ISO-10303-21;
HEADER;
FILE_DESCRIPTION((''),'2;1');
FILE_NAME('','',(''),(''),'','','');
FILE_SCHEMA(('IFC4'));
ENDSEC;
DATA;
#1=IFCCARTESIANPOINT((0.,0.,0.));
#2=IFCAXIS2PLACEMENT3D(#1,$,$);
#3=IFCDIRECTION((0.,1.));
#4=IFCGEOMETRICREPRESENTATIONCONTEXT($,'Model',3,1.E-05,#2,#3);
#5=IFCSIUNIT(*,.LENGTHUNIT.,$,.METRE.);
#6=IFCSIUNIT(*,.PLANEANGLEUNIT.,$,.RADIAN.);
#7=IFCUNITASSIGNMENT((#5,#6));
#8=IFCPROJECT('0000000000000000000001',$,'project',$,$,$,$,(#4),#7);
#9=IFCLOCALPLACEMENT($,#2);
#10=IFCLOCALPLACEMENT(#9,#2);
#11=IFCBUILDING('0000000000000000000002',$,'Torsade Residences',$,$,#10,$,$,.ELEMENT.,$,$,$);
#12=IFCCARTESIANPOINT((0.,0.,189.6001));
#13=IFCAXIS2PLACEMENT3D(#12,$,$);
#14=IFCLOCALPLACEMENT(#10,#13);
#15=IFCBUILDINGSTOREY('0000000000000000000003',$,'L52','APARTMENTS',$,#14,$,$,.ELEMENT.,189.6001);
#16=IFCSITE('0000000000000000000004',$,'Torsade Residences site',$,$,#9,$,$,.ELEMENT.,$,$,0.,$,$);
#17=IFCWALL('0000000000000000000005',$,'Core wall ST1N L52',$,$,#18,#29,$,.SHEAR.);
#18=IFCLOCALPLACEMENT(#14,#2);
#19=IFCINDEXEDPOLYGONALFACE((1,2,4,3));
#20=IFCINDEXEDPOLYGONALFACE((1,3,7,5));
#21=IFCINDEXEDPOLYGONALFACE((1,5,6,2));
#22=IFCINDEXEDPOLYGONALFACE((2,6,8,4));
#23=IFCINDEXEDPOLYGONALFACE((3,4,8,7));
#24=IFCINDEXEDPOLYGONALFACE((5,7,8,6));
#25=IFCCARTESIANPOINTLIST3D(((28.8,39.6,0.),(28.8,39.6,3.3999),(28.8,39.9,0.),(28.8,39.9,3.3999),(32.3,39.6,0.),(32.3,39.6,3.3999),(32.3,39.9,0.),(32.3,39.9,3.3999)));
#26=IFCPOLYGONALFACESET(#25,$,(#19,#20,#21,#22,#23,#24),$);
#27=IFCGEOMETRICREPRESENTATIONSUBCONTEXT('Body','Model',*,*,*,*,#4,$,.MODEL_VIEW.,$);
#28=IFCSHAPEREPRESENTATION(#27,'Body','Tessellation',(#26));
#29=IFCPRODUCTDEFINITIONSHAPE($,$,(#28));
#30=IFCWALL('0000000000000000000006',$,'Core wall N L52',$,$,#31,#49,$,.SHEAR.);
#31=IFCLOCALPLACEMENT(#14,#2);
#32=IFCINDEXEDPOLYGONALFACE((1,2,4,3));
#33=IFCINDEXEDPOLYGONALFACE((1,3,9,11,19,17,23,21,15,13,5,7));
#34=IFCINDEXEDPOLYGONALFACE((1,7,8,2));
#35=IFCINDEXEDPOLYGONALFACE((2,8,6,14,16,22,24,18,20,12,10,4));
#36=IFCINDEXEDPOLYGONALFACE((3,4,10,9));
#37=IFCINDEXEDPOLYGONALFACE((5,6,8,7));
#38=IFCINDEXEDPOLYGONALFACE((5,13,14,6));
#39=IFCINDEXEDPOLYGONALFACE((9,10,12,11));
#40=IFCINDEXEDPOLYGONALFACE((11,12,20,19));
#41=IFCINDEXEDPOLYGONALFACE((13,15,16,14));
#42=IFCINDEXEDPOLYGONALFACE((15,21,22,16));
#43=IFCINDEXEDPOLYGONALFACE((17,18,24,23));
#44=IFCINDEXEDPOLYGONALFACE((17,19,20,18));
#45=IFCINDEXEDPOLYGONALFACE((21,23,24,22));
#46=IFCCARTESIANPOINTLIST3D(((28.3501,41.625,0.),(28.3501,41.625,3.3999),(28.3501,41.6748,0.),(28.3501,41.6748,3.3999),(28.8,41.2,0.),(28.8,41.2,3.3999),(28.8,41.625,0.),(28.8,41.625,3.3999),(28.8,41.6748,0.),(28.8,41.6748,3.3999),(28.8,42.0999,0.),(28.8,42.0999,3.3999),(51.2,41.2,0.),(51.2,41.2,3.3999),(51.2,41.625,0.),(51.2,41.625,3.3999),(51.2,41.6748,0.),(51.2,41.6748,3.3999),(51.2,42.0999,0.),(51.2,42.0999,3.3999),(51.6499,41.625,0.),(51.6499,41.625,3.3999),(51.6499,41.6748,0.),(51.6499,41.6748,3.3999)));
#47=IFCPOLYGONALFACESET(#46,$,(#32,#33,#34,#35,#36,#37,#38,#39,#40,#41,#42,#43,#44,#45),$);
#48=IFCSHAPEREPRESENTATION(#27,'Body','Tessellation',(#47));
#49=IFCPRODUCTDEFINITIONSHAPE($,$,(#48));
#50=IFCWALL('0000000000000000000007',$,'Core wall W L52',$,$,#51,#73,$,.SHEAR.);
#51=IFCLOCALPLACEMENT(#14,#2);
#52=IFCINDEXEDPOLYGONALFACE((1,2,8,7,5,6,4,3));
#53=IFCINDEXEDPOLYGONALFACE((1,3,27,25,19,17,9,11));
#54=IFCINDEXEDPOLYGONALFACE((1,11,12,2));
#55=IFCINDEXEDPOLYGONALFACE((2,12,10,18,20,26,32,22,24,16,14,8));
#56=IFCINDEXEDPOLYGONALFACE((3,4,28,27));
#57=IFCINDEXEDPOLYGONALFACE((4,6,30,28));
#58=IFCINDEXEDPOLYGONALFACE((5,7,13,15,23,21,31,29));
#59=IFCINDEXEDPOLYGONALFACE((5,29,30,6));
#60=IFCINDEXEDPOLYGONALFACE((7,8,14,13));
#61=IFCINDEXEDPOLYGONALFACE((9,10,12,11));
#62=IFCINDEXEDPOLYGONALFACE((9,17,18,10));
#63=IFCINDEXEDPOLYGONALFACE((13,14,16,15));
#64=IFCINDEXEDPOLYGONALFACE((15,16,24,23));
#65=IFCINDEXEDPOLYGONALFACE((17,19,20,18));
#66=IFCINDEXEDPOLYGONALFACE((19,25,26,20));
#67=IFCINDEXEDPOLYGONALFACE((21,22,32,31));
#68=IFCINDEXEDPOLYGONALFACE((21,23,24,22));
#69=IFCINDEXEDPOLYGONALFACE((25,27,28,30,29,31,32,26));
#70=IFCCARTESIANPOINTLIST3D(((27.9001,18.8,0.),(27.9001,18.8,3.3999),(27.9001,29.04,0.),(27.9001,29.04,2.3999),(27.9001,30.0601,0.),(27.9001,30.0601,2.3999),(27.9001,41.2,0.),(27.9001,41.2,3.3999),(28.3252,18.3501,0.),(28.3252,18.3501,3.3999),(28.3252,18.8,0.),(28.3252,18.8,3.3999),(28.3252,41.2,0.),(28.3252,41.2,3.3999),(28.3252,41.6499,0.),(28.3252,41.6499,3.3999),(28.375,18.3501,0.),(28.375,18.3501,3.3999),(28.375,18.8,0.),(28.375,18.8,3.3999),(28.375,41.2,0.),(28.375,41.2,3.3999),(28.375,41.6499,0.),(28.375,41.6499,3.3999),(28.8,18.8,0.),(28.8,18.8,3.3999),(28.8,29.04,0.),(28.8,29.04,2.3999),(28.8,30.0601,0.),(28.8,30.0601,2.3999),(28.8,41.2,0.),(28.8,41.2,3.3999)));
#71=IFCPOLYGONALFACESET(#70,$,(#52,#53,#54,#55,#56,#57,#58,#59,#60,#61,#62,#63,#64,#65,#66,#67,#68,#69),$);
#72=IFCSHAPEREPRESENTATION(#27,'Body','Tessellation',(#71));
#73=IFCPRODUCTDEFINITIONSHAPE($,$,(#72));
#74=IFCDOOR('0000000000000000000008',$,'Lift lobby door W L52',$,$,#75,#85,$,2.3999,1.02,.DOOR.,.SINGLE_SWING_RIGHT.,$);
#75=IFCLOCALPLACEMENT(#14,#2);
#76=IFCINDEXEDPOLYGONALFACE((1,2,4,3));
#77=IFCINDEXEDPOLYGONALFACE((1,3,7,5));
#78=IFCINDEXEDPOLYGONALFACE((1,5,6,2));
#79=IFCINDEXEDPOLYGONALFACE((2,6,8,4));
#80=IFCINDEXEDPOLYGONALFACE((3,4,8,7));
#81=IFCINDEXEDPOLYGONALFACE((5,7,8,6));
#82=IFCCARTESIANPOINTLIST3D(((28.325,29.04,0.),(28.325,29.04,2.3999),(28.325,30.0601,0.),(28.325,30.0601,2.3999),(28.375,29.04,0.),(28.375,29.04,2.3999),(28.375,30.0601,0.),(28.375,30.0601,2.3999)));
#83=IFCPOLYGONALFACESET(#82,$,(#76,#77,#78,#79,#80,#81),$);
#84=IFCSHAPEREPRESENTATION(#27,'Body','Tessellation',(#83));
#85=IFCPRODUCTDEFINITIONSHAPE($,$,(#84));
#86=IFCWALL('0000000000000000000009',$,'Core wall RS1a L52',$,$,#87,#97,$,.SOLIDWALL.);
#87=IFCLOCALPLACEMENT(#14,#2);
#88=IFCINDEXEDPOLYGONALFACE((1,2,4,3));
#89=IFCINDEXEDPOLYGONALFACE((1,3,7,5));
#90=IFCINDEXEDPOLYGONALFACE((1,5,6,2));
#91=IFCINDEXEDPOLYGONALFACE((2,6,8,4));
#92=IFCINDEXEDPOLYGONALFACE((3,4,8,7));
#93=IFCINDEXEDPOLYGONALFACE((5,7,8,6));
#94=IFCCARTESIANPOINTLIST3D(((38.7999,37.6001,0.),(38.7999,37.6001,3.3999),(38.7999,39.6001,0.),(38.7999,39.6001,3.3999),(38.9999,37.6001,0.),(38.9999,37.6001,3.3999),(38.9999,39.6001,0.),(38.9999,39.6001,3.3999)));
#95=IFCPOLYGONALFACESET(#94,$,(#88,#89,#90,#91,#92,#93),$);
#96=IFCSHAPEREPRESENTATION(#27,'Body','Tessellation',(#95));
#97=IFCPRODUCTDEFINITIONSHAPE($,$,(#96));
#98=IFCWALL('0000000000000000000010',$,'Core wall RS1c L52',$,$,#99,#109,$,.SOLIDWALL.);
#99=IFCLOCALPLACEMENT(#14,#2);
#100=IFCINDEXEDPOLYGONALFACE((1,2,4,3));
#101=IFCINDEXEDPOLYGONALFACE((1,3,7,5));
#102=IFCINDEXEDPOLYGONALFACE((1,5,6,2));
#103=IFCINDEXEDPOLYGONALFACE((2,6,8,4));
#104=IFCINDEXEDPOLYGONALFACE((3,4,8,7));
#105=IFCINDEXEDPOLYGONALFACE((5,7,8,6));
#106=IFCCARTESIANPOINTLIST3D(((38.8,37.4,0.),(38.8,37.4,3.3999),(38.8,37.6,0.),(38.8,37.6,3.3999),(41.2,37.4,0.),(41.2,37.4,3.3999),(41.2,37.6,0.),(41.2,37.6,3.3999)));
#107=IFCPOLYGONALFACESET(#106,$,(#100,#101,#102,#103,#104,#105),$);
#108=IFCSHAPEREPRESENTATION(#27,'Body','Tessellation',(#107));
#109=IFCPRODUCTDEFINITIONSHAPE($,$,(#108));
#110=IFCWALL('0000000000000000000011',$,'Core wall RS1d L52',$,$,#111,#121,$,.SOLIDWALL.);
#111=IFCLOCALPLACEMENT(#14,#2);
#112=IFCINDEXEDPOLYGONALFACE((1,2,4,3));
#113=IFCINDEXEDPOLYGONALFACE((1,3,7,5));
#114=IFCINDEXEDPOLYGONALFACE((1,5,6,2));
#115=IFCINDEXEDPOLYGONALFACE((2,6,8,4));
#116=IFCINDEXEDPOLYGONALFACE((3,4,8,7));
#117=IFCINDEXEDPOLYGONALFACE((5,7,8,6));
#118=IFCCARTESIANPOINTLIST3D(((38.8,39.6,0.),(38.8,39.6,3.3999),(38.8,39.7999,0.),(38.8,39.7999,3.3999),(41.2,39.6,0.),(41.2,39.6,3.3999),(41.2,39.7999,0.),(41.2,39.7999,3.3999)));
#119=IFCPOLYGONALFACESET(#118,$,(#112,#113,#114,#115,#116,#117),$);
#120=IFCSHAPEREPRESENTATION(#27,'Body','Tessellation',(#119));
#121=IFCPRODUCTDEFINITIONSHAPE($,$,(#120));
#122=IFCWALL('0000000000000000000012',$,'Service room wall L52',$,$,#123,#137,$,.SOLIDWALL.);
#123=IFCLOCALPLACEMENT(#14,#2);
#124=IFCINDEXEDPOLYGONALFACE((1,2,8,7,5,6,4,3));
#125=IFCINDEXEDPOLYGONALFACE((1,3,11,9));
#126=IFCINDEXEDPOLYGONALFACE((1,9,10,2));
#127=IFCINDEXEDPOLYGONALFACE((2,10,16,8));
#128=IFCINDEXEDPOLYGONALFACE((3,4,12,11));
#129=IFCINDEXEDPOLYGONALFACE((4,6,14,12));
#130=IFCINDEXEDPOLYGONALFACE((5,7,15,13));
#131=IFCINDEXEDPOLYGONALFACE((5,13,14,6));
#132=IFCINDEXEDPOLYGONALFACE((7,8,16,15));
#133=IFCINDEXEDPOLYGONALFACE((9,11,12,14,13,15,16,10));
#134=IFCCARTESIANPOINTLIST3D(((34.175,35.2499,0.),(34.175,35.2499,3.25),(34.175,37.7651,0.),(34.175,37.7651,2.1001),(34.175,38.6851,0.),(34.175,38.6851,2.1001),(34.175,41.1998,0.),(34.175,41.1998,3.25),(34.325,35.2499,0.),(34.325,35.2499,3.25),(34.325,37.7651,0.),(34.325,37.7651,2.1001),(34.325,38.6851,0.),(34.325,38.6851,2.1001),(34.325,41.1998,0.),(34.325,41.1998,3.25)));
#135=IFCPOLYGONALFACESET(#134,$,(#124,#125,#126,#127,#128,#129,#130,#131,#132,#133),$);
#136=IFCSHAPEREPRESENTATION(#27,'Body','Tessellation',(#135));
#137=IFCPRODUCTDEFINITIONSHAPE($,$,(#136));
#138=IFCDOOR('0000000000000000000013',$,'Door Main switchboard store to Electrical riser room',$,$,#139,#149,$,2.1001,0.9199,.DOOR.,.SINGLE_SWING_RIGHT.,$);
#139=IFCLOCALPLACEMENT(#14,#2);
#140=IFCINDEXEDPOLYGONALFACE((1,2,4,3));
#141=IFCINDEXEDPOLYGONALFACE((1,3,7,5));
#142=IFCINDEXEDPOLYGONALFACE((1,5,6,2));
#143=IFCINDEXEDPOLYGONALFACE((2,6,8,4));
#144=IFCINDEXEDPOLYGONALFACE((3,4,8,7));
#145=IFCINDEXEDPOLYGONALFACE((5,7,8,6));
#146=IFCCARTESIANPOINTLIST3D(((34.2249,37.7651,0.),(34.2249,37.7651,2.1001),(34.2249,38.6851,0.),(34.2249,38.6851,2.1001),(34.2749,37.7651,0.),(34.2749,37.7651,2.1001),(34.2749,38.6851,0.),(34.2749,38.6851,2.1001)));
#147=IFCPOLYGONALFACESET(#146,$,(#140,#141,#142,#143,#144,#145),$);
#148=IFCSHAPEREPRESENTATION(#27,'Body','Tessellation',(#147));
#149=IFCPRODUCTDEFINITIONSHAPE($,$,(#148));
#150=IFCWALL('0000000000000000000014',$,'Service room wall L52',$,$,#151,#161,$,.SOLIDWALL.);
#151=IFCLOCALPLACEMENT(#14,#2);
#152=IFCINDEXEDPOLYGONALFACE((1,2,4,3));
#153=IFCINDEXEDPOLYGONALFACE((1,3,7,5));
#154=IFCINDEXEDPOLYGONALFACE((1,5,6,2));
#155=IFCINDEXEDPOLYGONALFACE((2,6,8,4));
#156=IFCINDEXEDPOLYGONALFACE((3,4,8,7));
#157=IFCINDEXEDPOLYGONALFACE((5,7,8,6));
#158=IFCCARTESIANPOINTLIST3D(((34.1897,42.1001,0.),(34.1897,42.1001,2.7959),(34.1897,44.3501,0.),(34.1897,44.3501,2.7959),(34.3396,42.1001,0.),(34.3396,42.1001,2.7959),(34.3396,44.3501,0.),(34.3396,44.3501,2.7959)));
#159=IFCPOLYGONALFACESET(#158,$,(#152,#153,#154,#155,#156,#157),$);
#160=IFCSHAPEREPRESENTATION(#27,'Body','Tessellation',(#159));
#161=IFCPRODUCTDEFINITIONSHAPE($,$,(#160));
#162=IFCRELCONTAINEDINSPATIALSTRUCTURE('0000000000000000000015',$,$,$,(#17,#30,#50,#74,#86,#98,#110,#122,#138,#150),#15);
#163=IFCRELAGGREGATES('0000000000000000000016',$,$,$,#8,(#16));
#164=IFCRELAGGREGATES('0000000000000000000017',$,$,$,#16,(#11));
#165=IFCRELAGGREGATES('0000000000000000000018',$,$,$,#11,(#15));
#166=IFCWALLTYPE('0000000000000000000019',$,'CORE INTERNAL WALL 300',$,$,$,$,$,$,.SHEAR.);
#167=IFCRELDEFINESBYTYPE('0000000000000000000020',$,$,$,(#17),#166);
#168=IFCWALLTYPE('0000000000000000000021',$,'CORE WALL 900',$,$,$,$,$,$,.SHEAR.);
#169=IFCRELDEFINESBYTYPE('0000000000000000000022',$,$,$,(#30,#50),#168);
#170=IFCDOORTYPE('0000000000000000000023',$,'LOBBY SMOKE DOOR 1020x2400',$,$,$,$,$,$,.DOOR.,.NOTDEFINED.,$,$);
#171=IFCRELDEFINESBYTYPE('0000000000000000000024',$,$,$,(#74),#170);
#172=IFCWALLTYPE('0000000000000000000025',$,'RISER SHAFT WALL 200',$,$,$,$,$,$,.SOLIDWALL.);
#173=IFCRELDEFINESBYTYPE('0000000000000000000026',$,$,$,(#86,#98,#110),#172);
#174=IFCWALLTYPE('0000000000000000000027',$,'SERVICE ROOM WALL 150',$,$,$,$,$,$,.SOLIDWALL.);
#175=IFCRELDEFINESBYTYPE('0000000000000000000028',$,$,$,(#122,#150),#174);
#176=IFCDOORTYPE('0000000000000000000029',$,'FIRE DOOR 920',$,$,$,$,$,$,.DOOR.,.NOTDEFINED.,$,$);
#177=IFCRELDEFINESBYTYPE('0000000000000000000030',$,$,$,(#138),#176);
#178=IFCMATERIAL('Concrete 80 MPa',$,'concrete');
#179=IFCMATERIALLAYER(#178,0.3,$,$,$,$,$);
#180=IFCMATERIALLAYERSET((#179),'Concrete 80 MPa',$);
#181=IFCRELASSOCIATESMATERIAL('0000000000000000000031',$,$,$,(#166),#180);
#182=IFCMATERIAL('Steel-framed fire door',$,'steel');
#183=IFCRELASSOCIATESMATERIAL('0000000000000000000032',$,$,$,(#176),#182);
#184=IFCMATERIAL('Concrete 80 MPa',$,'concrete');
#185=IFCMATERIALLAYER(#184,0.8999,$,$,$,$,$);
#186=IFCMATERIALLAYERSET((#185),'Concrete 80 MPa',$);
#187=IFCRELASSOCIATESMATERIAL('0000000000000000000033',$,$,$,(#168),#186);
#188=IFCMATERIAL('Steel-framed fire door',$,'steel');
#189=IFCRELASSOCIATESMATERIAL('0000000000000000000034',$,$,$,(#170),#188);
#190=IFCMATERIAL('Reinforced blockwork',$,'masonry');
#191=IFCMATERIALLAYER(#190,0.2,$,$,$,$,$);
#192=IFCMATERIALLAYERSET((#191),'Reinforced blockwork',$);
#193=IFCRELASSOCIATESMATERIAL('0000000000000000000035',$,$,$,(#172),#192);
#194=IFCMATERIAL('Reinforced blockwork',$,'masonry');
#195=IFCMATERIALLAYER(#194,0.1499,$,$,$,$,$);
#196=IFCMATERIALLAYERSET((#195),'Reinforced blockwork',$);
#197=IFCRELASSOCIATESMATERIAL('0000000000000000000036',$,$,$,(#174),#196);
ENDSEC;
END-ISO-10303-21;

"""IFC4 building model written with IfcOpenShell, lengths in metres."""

from ifc_helpers import new_model, si_unit, direction, frame, frame_2d, origin, place, context, subcontext, project, spatial, polyline, rectangle, outline, extrude, material, layer, layer_set, type_object, element, fill, save


model = new_model("IFC4")

# Units and contexts
model_context = context("Model", 3, precision=1e-05, world=origin(), true_north=direction((0.0, 1.0)))
body_context = subcontext(model_context, "Body", "Model", "MODEL_VIEW")
ifc_project = project(units=[si_unit("LENGTHUNIT", "METRE"), si_unit("PLANEANGLEUNIT", "RADIAN")], contexts=[model_context])

# Site, building, storey
site_placement = place(None, origin())
site = spatial("IfcSite", under=ifc_project, at=site_placement, Name="Torsade Residences site", CompositionType="ELEMENT", RefElevation=0.0)
building_placement = place(site_placement, origin())
building = spatial("IfcBuilding", under=site, at=building_placement, Name="Torsade Residences", CompositionType="ELEMENT")
storey_placement = place(building_placement, frame((0.0, 0.0, 189.6001)))
storey = spatial("IfcBuildingStorey", under=building, at=storey_placement, Name="L52", Description="APARTMENTS", CompositionType="ELEMENT", Elevation=189.6001)

# Shared definitions
ifc_material_1 = material(Name="Concrete 80 MPa", Category="concrete")
ifc_layer_1 = layer(ifc_material_1, 0.3)
ifc_layer_set_1 = layer_set([ifc_layer_1], Name="Concrete 80 MPa")
wall_type_1 = type_object("IfcWallType", Name="CORE INTERNAL WALL 300", PredefinedType="SHEAR", material=ifc_layer_set_1)
ifc_material_2 = material(Name="Steel-framed fire door", Category="steel")
door_type_1 = type_object("IfcDoorType", Name="FIRE DOOR 920", OperationType="NOTDEFINED", PredefinedType="DOOR", material=ifc_material_2)

# Walls
wall_1_placement = place(storey_placement, frame((28.8, 39.75, 0.0), z_axis=(0.0, 0.0, 1.0), x_axis=(1.0, 0.0, 0.0)))
element("IfcWall", 1, at=wall_1_placement, inside=storey, type_object=wall_type_1, Name="Core wall ST1N L52", PredefinedType="SHEAR", context=body_context, shape_type="SweptSolid", body=[
    extrude(rectangle(XDim=3.5, YDim=0.3, at=frame_2d((1.75, 0.0))), origin(), (0.0, 0.0, 1.0), 3.3999),
])
ifc_material_3 = material(Name="Concrete 80 MPa", Category="concrete")
ifc_layer_2 = layer(ifc_material_3, 0.8999)
ifc_layer_set_2 = layer_set([ifc_layer_2], Name="Concrete 80 MPa")
wall_type_2 = type_object("IfcWallType", Name="CORE WALL 900", PredefinedType="SHEAR", material=ifc_layer_set_2)
wall_2_placement = place(storey_placement, frame((28.8, 41.6499, 0.0), z_axis=(0.0, 0.0, 1.0), x_axis=(1.0, 0.0, 0.0)))
element("IfcWall", 2, at=wall_2_placement, inside=storey, type_object=wall_type_2, Name="Core wall N L52", PredefinedType="SHEAR", context=body_context, shape_type="SweptSolid", body=[
    extrude(outline(polyline([(0.0, -0.45), (22.3999, -0.45), (22.3999, -0.0249), (22.8499, -0.0249), (22.8499, 0.0249), (22.3999, 0.0249), (22.3999, 0.45), (0.0, 0.45), (0.0, 0.0249), (-0.45, 0.0249), (-0.45, -0.0249), (0.0, -0.0249), (0.0, -0.45)])), origin(), (0.0, 0.0, 1.0), 3.3999),
])

# Wall, opening, door
wall_3_placement = place(storey_placement, frame((28.3501, 41.2, 0.0), z_axis=(0.0, 0.0, 1.0), x_axis=(0.0, -1.0, 0.0)))
wall_3 = element("IfcWall", 3, at=wall_3_placement, inside=storey, type_object=wall_type_2, Name="Core wall W L52", PredefinedType="SHEAR", context=body_context, shape_type="SweptSolid", body=[
    extrude(outline(polyline([(0.0, -0.45), (22.3999, -0.45), (22.3999, -0.0249), (22.8499, -0.0249), (22.8499, 0.0249), (22.3999, 0.0249), (22.3999, 0.45), (0.0, 0.45), (0.0, 0.0249), (-0.45, 0.0249), (-0.45, -0.0249), (0.0, -0.0249), (0.0, -0.45)])), origin(), (0.0, 0.0, 1.0), 3.3999),
])
opening_1_placement = place(wall_3_placement, frame((11.1399, 0.0, 0.0)))
opening_1 = element("IfcOpeningElement", 4, at=opening_1_placement, cuts=wall_3, PredefinedType="OPENING", context=body_context, shape_type="SweptSolid", body=[
    extrude(rectangle(XDim=1.02, YDim=2.3999, at=frame_2d((0.51, 1.2))), frame((0.0, 0.46, 0.0), z_axis=(0.0, -1.0, 0.0), x_axis=(1.0, 0.0, 0.0)), (0.0, 0.0, 1.0), 0.9199),
])
ifc_material_4 = material(Name="Steel-framed fire door", Category="steel")
door_type_2 = type_object("IfcDoorType", Name="LOBBY SMOKE DOOR 1020x2400", OperationType="NOTDEFINED", PredefinedType="DOOR", material=ifc_material_4)
door_1_placement = place(opening_1_placement, origin())
door_1 = element("IfcDoor", 5, at=door_1_placement, inside=storey, type_object=door_type_2, Name="Lift lobby door W L52", OperationType="SINGLE_SWING_RIGHT", OverallHeight=2.3999, OverallWidth=1.02, PredefinedType="DOOR", context=body_context, shape_type="SweptSolid", body=[
    extrude(rectangle(XDim=1.02, YDim=2.3999, at=frame_2d((0.51, 1.2))), frame((0.0, 0.0249, 0.0), z_axis=(0.0, -1.0, 0.0), x_axis=(1.0, 0.0, 0.0)), (0.0, 0.0, 1.0), 0.05),
])
fill(opening_1, door_1)

# Walls
ifc_material_5 = material(Name="Reinforced blockwork", Category="masonry")
ifc_layer_3 = layer(ifc_material_5, 0.2)
ifc_layer_set_3 = layer_set([ifc_layer_3], Name="Reinforced blockwork")
wall_type_3 = type_object("IfcWallType", Name="RISER SHAFT WALL 200", PredefinedType="SOLIDWALL", material=ifc_layer_set_3)
wall_4_placement = place(storey_placement, frame((38.8999, 37.6001, 0.0), z_axis=(0.0, 0.0, 1.0), x_axis=(0.0, 1.0, 0.0)))
element("IfcWall", 6, at=wall_4_placement, inside=storey, type_object=wall_type_3, Name="Core wall RS1a L52", PredefinedType="SOLIDWALL", context=body_context, shape_type="SweptSolid", body=[
    extrude(rectangle(XDim=2.0, YDim=0.2, at=frame_2d((1.0, 0.0))), origin(), (0.0, 0.0, 1.0), 3.3999),
])
for number, where, z_axis, x_axis, name in (
    (7, (38.8, 37.5, 0.0), (0.0, 0.0, 1.0), (1.0, 0.0, 0.0), "Core wall RS1c L52"),
    (8, (38.8, 39.7, 0.0), (0.0, 0.0, 1.0), (1.0, 0.0, 0.0), "Core wall RS1d L52"),
):
    element("IfcWall", number, at=place(storey_placement, frame(where, z_axis=z_axis, x_axis=x_axis)), inside=storey, type_object=wall_type_3, Name=name, PredefinedType="SOLIDWALL", context=body_context, shape_type="SweptSolid", body=[
        extrude(rectangle(XDim=2.3999, YDim=0.2, at=frame_2d((1.2, 0.0))), origin(), (0.0, 0.0, 1.0), 3.3999),
    ])

# Wall, opening, door
ifc_material_6 = material(Name="Reinforced blockwork", Category="masonry")
ifc_layer_4 = layer(ifc_material_6, 0.1499)
ifc_layer_set_4 = layer_set([ifc_layer_4], Name="Reinforced blockwork")
wall_type_4 = type_object("IfcWallType", Name="SERVICE ROOM WALL 150", PredefinedType="SOLIDWALL", material=ifc_layer_set_4)
wall_5_placement = place(storey_placement, frame((34.25, 41.2, 0.0), z_axis=(0.0, 0.0, 1.0), x_axis=(0.0, -1.0, 0.0)))
wall_5 = element("IfcWall", 9, at=wall_5_placement, inside=storey, type_object=wall_type_4, Name="Service room wall L52", PredefinedType="SOLIDWALL", context=body_context, shape_type="SweptSolid", body=[
    extrude(rectangle(XDim=5.95, YDim=0.1499, at=frame_2d((2.9751, 0.0))), origin(), (0.0, 0.0, 1.0), 3.25),
])
opening_2_placement = place(wall_5_placement, frame((2.5149, 0.0, 0.0)))
opening_2 = element("IfcOpeningElement", 10, at=opening_2_placement, cuts=wall_5, PredefinedType="OPENING", context=body_context, shape_type="SweptSolid", body=[
    extrude(rectangle(XDim=0.9199, YDim=2.1001, at=frame_2d((0.46, 1.05))), frame((0.0, 0.085, 0.0), z_axis=(0.0, -1.0, 0.0), x_axis=(1.0, 0.0, 0.0)), (0.0, 0.0, 1.0), 0.1699),
])
door_2_placement = place(opening_2_placement, origin())
door_2 = element("IfcDoor", 11, at=door_2_placement, inside=storey, type_object=door_type_1, Name="Door Main switchboard store to Electrical riser room", OperationType="SINGLE_SWING_RIGHT", OverallHeight=2.1001, OverallWidth=0.9199, PredefinedType="DOOR", context=body_context, shape_type="SweptSolid", body=[
    extrude(rectangle(XDim=0.9199, YDim=2.1001, at=frame_2d((0.46, 1.05))), frame((0.0, 0.0249, 0.0), z_axis=(0.0, -1.0, 0.0), x_axis=(1.0, 0.0, 0.0)), (0.0, 0.0, 1.0), 0.05),
])
fill(opening_2, door_2)

# Wall
wall_6_placement = place(storey_placement, frame((34.2646, 42.1001, 0.0), z_axis=(0.0, 0.0, 1.0), x_axis=(0.0, 1.0, 0.0)))
element("IfcWall", 12, at=wall_6_placement, inside=storey, type_object=wall_type_4, Name="Service room wall L52", PredefinedType="SOLIDWALL", context=body_context, shape_type="SweptSolid", body=[
    extrude(rectangle(XDim=2.25, YDim=0.1499, at=frame_2d((1.125, 0.0))), origin(), (0.0, 0.0, 1.0), 2.7959),
])

save(model, "model.ifc")
